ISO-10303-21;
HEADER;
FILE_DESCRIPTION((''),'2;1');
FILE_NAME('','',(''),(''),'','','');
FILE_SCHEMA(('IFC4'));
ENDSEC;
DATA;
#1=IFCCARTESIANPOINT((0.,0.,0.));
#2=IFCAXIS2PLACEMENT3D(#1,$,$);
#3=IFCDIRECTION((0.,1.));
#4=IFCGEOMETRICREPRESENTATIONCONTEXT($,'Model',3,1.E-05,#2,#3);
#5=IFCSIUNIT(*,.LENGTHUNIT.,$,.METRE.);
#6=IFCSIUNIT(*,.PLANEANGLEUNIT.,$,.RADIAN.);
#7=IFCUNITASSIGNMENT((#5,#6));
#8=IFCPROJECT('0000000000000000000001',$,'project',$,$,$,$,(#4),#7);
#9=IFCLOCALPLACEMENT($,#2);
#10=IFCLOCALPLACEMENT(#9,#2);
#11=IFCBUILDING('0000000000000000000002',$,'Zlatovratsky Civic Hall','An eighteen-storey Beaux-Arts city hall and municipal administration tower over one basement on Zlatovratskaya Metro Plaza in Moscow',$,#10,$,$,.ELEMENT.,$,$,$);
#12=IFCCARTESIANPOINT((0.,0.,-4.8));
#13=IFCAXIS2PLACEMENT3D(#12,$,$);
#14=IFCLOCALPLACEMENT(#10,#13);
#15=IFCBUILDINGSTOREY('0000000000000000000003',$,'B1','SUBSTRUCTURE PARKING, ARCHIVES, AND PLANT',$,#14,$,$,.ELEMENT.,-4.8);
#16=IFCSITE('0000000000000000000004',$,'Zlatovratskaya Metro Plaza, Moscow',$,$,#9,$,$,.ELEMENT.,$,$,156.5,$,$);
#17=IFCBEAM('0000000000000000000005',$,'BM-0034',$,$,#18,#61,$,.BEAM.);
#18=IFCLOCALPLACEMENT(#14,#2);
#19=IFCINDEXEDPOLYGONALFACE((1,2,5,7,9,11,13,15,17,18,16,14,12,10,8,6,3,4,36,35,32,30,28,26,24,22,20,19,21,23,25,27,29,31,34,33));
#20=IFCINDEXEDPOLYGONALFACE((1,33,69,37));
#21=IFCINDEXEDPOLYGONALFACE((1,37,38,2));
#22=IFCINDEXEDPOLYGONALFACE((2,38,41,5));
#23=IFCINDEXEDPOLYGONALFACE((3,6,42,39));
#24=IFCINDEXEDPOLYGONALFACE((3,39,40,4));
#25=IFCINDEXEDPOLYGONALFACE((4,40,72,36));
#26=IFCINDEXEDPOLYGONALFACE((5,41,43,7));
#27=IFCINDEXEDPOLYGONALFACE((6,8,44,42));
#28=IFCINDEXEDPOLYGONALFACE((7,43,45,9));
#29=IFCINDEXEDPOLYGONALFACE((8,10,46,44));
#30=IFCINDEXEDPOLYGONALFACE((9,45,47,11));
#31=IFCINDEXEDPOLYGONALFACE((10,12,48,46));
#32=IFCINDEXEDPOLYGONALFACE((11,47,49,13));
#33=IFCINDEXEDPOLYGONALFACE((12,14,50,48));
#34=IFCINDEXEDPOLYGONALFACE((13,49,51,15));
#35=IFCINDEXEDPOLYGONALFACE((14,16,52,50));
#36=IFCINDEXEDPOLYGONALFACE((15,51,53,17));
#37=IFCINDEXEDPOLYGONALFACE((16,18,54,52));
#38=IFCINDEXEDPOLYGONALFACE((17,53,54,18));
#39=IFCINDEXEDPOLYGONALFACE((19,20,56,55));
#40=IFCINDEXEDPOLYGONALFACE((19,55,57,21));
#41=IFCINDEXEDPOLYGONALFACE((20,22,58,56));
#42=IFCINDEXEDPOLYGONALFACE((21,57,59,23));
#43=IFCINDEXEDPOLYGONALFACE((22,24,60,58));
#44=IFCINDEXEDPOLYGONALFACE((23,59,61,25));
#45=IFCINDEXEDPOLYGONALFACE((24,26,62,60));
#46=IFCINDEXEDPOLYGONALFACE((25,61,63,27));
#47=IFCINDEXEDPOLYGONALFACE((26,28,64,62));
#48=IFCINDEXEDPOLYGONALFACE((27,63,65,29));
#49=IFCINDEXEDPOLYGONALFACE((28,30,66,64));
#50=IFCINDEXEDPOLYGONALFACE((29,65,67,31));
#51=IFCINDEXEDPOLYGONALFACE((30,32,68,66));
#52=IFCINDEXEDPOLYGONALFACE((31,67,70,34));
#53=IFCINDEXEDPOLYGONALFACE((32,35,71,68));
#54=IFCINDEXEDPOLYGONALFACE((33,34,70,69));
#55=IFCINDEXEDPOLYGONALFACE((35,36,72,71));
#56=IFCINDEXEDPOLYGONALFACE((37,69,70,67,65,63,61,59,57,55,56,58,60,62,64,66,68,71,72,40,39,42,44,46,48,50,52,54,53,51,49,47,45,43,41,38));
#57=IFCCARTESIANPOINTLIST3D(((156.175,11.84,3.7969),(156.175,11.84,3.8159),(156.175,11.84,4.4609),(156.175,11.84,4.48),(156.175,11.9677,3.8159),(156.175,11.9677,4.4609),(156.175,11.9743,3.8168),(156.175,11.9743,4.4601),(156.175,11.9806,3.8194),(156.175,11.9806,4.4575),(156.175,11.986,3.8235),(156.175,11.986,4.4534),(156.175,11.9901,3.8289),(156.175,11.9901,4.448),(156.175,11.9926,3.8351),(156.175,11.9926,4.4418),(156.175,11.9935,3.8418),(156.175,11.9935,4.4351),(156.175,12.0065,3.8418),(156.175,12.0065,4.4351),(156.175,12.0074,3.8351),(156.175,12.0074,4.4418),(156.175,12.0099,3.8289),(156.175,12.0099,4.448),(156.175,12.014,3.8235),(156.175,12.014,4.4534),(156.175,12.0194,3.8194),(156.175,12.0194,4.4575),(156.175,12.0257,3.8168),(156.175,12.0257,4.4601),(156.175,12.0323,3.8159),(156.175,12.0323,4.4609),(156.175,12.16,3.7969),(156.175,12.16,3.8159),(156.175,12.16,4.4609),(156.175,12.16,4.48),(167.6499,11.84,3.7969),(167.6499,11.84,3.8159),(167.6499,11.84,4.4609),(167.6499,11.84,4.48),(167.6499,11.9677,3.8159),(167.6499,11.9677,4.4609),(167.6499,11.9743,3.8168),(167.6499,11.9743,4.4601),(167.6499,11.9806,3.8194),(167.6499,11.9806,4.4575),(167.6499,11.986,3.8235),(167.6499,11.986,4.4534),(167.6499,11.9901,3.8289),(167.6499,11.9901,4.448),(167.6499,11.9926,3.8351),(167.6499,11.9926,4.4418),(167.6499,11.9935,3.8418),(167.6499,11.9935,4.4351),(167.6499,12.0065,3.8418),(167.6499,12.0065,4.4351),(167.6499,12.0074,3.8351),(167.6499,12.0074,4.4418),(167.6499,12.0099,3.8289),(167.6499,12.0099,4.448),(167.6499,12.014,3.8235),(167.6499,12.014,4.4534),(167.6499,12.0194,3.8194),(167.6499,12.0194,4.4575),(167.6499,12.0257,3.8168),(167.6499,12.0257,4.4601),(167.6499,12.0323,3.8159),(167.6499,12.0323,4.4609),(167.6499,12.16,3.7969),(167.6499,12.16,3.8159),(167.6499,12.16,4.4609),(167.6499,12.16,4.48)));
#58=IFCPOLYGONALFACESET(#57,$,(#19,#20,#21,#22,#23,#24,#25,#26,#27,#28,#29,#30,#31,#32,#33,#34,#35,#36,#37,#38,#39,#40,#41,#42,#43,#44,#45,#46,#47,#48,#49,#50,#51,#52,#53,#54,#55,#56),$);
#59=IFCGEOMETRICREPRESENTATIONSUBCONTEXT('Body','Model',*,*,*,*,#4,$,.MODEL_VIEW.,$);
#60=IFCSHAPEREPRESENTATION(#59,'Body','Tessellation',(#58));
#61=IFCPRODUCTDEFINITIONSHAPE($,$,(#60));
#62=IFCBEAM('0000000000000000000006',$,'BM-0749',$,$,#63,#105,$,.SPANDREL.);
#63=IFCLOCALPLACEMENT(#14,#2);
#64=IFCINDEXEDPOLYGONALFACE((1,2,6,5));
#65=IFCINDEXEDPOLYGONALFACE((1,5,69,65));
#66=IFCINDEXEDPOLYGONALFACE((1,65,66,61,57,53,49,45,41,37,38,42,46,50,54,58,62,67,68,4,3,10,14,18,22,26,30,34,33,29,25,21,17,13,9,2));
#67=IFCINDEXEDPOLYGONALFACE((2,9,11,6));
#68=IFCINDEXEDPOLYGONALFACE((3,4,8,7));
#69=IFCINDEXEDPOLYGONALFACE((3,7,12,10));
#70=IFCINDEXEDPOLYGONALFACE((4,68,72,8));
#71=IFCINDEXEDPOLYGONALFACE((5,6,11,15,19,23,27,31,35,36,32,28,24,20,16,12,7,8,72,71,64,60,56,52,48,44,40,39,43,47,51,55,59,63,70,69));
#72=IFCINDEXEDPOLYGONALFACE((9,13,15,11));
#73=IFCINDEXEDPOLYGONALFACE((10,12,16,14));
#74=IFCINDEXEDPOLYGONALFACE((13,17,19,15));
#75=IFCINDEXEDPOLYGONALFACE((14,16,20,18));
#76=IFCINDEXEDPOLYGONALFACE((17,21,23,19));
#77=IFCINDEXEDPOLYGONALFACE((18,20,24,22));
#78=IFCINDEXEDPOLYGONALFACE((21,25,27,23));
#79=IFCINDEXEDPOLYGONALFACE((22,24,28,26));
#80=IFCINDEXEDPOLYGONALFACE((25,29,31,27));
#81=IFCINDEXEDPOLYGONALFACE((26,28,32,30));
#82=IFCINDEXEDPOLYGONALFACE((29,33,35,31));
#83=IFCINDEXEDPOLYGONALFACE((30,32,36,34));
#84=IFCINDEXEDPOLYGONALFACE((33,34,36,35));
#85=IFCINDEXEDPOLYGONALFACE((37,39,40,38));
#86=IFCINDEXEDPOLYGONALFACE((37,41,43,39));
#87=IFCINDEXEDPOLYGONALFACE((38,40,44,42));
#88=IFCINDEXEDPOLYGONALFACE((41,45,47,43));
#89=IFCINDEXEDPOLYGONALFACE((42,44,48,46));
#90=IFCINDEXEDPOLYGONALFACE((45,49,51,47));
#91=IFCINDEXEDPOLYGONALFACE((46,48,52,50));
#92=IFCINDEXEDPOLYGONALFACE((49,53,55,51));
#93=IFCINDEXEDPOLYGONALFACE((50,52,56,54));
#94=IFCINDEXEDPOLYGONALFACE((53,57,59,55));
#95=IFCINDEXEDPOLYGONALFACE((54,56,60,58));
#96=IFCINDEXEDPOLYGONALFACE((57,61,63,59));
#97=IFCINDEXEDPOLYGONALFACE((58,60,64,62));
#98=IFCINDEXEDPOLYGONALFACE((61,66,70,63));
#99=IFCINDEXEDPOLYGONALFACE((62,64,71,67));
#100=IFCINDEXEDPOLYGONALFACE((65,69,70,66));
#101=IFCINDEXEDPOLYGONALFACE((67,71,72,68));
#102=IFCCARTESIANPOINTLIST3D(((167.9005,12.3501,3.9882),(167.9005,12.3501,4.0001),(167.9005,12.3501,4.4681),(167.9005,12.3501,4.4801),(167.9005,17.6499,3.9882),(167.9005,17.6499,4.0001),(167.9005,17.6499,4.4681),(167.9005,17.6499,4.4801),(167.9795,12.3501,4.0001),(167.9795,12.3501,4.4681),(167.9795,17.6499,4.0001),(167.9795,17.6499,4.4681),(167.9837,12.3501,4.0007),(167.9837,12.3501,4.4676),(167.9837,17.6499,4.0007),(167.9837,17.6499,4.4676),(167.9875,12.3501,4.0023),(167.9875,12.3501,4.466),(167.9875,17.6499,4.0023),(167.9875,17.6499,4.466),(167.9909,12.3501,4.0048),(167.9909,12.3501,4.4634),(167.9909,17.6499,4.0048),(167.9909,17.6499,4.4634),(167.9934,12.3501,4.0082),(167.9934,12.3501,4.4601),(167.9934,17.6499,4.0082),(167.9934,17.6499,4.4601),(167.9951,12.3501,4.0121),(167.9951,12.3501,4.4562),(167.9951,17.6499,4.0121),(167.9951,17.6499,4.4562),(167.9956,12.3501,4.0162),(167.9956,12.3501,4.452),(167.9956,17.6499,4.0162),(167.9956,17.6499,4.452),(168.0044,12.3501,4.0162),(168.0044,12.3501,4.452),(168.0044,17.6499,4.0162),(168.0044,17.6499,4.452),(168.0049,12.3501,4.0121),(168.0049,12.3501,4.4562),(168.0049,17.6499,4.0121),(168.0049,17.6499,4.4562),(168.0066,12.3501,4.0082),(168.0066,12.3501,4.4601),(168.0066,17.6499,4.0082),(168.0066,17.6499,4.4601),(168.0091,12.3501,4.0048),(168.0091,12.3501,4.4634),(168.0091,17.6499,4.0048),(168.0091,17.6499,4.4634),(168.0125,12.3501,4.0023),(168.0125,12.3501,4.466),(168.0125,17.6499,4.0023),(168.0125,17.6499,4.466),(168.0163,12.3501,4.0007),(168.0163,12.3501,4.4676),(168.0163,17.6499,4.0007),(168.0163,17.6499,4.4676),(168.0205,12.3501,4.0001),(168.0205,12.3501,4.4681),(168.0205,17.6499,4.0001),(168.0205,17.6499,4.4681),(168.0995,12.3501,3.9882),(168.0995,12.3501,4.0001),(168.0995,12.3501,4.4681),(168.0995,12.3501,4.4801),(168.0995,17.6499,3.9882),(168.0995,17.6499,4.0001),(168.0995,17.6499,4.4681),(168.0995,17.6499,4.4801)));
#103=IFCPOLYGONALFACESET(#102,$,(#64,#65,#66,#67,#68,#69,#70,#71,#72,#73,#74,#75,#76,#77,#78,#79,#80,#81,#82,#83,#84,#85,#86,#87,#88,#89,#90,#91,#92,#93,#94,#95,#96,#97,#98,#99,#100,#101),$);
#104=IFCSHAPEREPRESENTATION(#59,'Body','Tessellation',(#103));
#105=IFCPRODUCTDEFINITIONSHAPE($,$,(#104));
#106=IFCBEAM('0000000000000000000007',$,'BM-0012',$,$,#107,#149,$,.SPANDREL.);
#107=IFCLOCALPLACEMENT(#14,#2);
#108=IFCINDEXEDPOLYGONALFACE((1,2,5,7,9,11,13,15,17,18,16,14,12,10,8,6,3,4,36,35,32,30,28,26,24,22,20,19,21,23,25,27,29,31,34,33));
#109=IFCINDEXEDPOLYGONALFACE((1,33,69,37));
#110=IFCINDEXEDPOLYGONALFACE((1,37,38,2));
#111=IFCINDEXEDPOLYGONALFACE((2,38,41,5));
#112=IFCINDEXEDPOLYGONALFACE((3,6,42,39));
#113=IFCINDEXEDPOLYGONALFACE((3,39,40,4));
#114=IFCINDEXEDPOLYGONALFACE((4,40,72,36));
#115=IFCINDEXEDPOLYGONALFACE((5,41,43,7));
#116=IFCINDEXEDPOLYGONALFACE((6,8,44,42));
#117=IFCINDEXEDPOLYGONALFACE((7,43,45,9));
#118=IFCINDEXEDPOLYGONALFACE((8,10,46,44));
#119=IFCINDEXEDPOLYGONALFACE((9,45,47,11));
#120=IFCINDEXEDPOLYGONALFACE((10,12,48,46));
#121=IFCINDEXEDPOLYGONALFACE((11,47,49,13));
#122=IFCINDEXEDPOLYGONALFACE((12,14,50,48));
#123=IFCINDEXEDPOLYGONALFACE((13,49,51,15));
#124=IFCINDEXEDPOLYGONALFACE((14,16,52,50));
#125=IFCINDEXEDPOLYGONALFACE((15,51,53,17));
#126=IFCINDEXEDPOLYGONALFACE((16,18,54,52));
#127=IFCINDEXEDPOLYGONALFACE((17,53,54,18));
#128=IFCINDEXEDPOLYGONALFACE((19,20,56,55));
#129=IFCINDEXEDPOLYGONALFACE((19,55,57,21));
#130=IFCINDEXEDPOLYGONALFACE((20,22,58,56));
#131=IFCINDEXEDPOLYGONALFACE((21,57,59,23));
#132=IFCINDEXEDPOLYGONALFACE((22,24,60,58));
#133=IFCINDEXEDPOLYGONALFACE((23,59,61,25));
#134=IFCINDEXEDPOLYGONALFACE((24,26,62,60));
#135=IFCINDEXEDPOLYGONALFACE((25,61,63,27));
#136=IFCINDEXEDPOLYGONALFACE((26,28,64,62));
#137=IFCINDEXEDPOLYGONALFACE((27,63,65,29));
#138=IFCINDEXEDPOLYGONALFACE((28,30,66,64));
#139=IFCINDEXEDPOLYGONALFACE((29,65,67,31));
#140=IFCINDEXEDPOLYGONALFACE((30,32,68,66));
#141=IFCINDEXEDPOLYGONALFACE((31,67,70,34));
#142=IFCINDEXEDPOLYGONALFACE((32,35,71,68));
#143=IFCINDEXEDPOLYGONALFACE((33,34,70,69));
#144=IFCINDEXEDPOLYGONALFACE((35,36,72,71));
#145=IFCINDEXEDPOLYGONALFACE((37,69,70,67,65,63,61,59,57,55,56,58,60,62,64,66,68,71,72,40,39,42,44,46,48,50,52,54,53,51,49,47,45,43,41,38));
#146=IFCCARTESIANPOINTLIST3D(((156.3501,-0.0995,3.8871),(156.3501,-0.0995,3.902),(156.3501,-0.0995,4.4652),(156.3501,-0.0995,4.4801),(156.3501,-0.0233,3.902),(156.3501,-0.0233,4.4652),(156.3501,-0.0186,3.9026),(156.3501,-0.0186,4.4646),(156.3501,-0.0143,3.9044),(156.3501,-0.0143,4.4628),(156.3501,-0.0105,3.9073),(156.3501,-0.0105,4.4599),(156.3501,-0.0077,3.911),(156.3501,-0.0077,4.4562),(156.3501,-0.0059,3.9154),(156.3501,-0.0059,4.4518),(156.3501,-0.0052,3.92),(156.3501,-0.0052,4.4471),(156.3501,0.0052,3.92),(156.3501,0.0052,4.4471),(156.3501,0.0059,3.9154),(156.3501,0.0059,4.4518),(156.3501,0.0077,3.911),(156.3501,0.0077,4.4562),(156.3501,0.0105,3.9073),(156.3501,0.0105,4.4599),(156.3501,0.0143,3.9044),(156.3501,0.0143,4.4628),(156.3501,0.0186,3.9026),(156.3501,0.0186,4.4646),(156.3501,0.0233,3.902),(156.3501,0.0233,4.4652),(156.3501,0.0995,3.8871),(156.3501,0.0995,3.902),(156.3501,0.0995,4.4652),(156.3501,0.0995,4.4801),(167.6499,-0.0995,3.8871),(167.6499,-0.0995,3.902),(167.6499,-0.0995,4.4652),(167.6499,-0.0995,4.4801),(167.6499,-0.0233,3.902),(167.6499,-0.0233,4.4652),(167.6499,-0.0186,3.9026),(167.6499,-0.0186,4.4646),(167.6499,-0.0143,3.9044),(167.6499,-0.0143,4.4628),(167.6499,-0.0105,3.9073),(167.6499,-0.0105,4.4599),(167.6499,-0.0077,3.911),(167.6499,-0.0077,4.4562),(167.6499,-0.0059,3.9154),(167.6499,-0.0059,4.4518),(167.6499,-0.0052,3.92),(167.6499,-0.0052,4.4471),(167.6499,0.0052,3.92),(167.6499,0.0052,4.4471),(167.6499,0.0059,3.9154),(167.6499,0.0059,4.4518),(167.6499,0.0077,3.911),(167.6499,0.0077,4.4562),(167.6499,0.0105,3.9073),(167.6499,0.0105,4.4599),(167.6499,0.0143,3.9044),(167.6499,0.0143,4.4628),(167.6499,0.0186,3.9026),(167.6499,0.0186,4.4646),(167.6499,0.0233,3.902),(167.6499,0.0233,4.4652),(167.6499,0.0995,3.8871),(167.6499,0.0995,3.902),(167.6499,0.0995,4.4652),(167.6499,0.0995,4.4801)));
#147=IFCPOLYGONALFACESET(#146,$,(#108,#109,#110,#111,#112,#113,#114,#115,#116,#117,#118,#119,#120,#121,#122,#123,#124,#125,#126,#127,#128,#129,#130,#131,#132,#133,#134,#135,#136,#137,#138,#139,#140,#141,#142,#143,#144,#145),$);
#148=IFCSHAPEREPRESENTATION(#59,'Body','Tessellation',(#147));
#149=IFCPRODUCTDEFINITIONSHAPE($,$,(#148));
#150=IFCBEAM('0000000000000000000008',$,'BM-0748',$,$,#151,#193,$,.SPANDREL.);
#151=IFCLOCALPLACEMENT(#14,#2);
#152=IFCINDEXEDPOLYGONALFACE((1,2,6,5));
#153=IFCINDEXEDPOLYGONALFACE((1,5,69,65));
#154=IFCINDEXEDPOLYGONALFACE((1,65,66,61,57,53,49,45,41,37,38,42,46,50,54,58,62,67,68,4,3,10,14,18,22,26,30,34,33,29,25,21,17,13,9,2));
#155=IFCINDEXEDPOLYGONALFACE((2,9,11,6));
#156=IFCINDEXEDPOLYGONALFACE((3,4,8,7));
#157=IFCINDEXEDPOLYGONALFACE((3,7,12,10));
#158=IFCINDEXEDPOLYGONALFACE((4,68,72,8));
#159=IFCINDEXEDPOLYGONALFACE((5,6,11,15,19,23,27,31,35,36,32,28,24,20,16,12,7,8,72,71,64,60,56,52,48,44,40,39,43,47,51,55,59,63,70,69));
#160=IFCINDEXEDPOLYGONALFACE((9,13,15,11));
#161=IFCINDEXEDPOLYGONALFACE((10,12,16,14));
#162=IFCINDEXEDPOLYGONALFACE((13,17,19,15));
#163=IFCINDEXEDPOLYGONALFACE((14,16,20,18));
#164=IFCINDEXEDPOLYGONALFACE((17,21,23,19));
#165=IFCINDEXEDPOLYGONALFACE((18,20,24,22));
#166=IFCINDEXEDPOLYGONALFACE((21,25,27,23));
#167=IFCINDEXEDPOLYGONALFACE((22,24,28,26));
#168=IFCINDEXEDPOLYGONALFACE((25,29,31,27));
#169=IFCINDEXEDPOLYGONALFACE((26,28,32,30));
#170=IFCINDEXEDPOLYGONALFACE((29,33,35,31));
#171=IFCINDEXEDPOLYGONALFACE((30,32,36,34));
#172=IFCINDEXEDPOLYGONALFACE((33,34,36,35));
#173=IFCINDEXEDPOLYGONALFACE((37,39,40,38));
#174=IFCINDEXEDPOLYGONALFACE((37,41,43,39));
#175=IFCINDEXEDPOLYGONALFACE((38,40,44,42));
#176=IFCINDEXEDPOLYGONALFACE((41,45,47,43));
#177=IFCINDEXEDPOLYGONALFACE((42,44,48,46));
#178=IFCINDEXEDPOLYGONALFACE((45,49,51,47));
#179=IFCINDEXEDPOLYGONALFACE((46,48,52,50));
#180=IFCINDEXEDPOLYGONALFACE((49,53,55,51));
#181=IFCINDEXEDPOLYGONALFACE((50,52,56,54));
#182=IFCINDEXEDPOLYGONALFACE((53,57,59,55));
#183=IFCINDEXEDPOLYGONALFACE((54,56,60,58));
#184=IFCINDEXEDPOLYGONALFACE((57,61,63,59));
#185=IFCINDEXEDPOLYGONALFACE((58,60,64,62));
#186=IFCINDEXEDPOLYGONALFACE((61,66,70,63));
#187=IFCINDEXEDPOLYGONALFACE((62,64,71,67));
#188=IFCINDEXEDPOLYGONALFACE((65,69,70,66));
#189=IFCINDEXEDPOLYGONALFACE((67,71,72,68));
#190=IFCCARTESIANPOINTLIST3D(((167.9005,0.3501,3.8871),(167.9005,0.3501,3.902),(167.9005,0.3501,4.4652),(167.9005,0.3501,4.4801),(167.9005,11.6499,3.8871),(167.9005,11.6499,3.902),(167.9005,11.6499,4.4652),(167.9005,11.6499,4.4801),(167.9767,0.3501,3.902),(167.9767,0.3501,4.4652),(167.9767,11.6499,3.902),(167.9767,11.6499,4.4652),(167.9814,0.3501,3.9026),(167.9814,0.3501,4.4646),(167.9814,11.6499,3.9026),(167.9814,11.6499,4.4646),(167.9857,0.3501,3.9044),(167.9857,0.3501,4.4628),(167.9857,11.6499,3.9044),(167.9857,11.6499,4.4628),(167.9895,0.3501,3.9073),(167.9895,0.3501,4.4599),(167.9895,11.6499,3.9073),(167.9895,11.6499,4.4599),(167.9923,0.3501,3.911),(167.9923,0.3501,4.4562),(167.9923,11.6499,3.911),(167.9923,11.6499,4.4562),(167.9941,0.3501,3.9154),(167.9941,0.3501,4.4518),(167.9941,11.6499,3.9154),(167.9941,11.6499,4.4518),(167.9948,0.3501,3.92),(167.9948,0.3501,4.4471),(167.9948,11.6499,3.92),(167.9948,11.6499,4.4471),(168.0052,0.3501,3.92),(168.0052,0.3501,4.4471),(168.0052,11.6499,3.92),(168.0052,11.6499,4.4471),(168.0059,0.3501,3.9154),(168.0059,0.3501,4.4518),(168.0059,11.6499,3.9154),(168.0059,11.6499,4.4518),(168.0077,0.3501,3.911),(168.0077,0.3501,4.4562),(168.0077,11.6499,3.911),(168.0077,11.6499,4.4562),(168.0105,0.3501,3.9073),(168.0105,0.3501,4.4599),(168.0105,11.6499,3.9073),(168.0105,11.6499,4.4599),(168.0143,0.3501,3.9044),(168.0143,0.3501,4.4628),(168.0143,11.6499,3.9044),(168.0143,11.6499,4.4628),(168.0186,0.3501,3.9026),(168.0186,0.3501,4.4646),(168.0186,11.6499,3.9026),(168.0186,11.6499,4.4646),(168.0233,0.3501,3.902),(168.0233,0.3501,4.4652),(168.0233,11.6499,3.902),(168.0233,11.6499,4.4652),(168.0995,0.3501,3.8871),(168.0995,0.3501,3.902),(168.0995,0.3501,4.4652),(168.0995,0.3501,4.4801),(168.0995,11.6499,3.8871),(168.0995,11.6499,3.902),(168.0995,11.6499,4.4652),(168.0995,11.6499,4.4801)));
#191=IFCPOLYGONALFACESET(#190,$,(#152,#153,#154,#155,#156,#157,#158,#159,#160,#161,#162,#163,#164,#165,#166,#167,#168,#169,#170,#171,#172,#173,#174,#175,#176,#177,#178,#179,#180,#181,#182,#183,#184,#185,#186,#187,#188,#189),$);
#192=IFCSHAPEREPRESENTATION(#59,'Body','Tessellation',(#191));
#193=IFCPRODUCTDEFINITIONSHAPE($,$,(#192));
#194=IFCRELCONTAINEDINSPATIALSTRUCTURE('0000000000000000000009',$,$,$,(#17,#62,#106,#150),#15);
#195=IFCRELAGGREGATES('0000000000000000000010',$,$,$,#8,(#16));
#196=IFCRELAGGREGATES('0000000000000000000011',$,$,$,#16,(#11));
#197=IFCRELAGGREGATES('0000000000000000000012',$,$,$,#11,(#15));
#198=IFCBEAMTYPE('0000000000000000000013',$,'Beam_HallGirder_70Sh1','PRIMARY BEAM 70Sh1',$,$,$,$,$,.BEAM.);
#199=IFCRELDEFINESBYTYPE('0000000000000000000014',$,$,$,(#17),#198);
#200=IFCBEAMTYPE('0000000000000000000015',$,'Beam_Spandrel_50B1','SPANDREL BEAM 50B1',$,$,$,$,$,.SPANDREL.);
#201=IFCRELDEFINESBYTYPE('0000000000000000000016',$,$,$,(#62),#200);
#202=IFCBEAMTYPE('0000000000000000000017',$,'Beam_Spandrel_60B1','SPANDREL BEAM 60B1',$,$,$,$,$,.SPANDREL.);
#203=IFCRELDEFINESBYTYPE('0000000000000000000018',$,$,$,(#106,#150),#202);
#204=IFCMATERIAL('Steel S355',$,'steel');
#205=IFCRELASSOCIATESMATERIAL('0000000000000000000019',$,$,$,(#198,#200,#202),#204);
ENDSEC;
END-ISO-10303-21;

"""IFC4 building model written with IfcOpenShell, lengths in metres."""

from ifc_helpers import new_model, si_unit, direction, frame, origin, origin_2d, place, context, subcontext, project, spatial, i_section, extrude, material, material_profile, profile_set, type_object, element, save


model = new_model("IFC4")

# Units and contexts
model_context = context("Model", 3, precision=1e-05, world=origin(), true_north=direction((0.0, 1.0)))
body_context = subcontext(model_context, "Body", "Model", "MODEL_VIEW")
ifc_project = project(units=[si_unit("LENGTHUNIT", "METRE"), si_unit("PLANEANGLEUNIT", "RADIAN")], contexts=[model_context])

# Site, building, storey
site_placement = place(None, origin())
site = spatial("IfcSite", under=ifc_project, at=site_placement, Name="Zlatovratskaya Metro Plaza, Moscow", CompositionType="ELEMENT", RefElevation=156.5)
building_placement = place(site_placement, origin())
building = spatial("IfcBuilding", under=site, at=building_placement, Name="Zlatovratsky Civic Hall", Description="An eighteen-storey Beaux-Arts city hall and municipal administration tower over one basement on Zlatovratskaya Metro Plaza in Moscow", CompositionType="ELEMENT")
storey_placement = place(building_placement, frame((0.0, 0.0, -4.8)))
storey = spatial("IfcBuildingStorey", under=building, at=storey_placement, Name="B1", Description="SUBSTRUCTURE PARKING, ARCHIVES, AND PLANT", CompositionType="ELEMENT", Elevation=-4.8)

# Beams
ifc_material_1 = material(Name="Steel S355", Category="steel")
ifc_material_profile_1 = material_profile(ifc_material_1, i_section(OverallWidth=0.3201, OverallDepth=0.6831, WebThickness=0.0129, FlangeThickness=0.019, FilletRadius=0.0259, at=origin_2d()), Name="70Sh1")
ifc_profile_set_1 = profile_set([ifc_material_profile_1], Name="Steel S355")
beam_type_1 = type_object("IfcBeamType", Name="Beam_HallGirder_70Sh1", Description="PRIMARY BEAM 70Sh1", PredefinedType="BEAM", material=ifc_profile_set_1)
beam_1_placement = place(storey_placement, frame((156.175, 12.0, 4.1384), z_axis=(1.0, 0.0, 0.0), x_axis=(0.0, 1.0, 0.0)))
element("IfcBeam", 1, at=beam_1_placement, inside=storey, type_object=beam_type_1, Name="BM-0034", PredefinedType="BEAM", context=body_context, shape_type="SweptSolid", body=[
    extrude(i_section(OverallWidth=0.3201, OverallDepth=0.6831, WebThickness=0.0129, FlangeThickness=0.019, FilletRadius=0.0259, at=origin_2d()), origin(), (0.0, 0.0, 1.0), 11.4749),
])
ifc_material_profile_2 = material_profile(ifc_material_1, i_section(OverallWidth=0.199, OverallDepth=0.4919, WebThickness=0.0088, FlangeThickness=0.012, FilletRadius=0.0161, at=origin_2d()), Name="50B1")
ifc_profile_set_2 = profile_set([ifc_material_profile_2], Name="Steel S355")
beam_type_2 = type_object("IfcBeamType", Name="Beam_Spandrel_50B1", Description="SPANDREL BEAM 50B1", PredefinedType="SPANDREL", material=ifc_profile_set_2)
beam_2_placement = place(storey_placement, frame((168.0, 12.3501, 4.2341), z_axis=(0.0, 1.0, 0.0), x_axis=(-1.0, 0.0, 0.0)))
element("IfcBeam", 2, at=beam_2_placement, inside=storey, type_object=beam_type_2, Name="BM-0749", PredefinedType="SPANDREL", context=body_context, shape_type="SweptSolid", body=[
    extrude(i_section(OverallWidth=0.199, OverallDepth=0.4919, WebThickness=0.0088, FlangeThickness=0.012, FilletRadius=0.0161, at=origin_2d()), origin(), (0.0, 0.0, 1.0), 5.2998),
])
ifc_material_profile_3 = material_profile(ifc_material_1, i_section(OverallWidth=0.199, OverallDepth=0.593, WebThickness=0.0105, FlangeThickness=0.0149, FilletRadius=0.0181, at=origin_2d()), Name="60B1")
ifc_profile_set_3 = profile_set([ifc_material_profile_3], Name="Steel S355")
beam_type_3 = type_object("IfcBeamType", Name="Beam_Spandrel_60B1", Description="SPANDREL BEAM 60B1", PredefinedType="SPANDREL", material=ifc_profile_set_3)
for number, where, z_axis, x_axis, name in (
    (3, (156.3501, 0.0, 4.1836), (1.0, 0.0, 0.0), (0.0, 1.0, 0.0), "BM-0012"),
    (4, (168.0, 0.3501, 4.1836), (0.0, 1.0, 0.0), (-1.0, 0.0, 0.0), "BM-0748"),
):
    element("IfcBeam", number, at=place(storey_placement, frame(where, z_axis=z_axis, x_axis=x_axis)), inside=storey, type_object=beam_type_3, Name=name, PredefinedType="SPANDREL", context=body_context, shape_type="SweptSolid", body=[
        extrude(i_section(OverallWidth=0.199, OverallDepth=0.593, WebThickness=0.0105, FlangeThickness=0.0149, FilletRadius=0.0181, at=origin_2d()), origin(), (0.0, 0.0, 1.0), 11.2998),
    ])

save(model, "model.ifc")
